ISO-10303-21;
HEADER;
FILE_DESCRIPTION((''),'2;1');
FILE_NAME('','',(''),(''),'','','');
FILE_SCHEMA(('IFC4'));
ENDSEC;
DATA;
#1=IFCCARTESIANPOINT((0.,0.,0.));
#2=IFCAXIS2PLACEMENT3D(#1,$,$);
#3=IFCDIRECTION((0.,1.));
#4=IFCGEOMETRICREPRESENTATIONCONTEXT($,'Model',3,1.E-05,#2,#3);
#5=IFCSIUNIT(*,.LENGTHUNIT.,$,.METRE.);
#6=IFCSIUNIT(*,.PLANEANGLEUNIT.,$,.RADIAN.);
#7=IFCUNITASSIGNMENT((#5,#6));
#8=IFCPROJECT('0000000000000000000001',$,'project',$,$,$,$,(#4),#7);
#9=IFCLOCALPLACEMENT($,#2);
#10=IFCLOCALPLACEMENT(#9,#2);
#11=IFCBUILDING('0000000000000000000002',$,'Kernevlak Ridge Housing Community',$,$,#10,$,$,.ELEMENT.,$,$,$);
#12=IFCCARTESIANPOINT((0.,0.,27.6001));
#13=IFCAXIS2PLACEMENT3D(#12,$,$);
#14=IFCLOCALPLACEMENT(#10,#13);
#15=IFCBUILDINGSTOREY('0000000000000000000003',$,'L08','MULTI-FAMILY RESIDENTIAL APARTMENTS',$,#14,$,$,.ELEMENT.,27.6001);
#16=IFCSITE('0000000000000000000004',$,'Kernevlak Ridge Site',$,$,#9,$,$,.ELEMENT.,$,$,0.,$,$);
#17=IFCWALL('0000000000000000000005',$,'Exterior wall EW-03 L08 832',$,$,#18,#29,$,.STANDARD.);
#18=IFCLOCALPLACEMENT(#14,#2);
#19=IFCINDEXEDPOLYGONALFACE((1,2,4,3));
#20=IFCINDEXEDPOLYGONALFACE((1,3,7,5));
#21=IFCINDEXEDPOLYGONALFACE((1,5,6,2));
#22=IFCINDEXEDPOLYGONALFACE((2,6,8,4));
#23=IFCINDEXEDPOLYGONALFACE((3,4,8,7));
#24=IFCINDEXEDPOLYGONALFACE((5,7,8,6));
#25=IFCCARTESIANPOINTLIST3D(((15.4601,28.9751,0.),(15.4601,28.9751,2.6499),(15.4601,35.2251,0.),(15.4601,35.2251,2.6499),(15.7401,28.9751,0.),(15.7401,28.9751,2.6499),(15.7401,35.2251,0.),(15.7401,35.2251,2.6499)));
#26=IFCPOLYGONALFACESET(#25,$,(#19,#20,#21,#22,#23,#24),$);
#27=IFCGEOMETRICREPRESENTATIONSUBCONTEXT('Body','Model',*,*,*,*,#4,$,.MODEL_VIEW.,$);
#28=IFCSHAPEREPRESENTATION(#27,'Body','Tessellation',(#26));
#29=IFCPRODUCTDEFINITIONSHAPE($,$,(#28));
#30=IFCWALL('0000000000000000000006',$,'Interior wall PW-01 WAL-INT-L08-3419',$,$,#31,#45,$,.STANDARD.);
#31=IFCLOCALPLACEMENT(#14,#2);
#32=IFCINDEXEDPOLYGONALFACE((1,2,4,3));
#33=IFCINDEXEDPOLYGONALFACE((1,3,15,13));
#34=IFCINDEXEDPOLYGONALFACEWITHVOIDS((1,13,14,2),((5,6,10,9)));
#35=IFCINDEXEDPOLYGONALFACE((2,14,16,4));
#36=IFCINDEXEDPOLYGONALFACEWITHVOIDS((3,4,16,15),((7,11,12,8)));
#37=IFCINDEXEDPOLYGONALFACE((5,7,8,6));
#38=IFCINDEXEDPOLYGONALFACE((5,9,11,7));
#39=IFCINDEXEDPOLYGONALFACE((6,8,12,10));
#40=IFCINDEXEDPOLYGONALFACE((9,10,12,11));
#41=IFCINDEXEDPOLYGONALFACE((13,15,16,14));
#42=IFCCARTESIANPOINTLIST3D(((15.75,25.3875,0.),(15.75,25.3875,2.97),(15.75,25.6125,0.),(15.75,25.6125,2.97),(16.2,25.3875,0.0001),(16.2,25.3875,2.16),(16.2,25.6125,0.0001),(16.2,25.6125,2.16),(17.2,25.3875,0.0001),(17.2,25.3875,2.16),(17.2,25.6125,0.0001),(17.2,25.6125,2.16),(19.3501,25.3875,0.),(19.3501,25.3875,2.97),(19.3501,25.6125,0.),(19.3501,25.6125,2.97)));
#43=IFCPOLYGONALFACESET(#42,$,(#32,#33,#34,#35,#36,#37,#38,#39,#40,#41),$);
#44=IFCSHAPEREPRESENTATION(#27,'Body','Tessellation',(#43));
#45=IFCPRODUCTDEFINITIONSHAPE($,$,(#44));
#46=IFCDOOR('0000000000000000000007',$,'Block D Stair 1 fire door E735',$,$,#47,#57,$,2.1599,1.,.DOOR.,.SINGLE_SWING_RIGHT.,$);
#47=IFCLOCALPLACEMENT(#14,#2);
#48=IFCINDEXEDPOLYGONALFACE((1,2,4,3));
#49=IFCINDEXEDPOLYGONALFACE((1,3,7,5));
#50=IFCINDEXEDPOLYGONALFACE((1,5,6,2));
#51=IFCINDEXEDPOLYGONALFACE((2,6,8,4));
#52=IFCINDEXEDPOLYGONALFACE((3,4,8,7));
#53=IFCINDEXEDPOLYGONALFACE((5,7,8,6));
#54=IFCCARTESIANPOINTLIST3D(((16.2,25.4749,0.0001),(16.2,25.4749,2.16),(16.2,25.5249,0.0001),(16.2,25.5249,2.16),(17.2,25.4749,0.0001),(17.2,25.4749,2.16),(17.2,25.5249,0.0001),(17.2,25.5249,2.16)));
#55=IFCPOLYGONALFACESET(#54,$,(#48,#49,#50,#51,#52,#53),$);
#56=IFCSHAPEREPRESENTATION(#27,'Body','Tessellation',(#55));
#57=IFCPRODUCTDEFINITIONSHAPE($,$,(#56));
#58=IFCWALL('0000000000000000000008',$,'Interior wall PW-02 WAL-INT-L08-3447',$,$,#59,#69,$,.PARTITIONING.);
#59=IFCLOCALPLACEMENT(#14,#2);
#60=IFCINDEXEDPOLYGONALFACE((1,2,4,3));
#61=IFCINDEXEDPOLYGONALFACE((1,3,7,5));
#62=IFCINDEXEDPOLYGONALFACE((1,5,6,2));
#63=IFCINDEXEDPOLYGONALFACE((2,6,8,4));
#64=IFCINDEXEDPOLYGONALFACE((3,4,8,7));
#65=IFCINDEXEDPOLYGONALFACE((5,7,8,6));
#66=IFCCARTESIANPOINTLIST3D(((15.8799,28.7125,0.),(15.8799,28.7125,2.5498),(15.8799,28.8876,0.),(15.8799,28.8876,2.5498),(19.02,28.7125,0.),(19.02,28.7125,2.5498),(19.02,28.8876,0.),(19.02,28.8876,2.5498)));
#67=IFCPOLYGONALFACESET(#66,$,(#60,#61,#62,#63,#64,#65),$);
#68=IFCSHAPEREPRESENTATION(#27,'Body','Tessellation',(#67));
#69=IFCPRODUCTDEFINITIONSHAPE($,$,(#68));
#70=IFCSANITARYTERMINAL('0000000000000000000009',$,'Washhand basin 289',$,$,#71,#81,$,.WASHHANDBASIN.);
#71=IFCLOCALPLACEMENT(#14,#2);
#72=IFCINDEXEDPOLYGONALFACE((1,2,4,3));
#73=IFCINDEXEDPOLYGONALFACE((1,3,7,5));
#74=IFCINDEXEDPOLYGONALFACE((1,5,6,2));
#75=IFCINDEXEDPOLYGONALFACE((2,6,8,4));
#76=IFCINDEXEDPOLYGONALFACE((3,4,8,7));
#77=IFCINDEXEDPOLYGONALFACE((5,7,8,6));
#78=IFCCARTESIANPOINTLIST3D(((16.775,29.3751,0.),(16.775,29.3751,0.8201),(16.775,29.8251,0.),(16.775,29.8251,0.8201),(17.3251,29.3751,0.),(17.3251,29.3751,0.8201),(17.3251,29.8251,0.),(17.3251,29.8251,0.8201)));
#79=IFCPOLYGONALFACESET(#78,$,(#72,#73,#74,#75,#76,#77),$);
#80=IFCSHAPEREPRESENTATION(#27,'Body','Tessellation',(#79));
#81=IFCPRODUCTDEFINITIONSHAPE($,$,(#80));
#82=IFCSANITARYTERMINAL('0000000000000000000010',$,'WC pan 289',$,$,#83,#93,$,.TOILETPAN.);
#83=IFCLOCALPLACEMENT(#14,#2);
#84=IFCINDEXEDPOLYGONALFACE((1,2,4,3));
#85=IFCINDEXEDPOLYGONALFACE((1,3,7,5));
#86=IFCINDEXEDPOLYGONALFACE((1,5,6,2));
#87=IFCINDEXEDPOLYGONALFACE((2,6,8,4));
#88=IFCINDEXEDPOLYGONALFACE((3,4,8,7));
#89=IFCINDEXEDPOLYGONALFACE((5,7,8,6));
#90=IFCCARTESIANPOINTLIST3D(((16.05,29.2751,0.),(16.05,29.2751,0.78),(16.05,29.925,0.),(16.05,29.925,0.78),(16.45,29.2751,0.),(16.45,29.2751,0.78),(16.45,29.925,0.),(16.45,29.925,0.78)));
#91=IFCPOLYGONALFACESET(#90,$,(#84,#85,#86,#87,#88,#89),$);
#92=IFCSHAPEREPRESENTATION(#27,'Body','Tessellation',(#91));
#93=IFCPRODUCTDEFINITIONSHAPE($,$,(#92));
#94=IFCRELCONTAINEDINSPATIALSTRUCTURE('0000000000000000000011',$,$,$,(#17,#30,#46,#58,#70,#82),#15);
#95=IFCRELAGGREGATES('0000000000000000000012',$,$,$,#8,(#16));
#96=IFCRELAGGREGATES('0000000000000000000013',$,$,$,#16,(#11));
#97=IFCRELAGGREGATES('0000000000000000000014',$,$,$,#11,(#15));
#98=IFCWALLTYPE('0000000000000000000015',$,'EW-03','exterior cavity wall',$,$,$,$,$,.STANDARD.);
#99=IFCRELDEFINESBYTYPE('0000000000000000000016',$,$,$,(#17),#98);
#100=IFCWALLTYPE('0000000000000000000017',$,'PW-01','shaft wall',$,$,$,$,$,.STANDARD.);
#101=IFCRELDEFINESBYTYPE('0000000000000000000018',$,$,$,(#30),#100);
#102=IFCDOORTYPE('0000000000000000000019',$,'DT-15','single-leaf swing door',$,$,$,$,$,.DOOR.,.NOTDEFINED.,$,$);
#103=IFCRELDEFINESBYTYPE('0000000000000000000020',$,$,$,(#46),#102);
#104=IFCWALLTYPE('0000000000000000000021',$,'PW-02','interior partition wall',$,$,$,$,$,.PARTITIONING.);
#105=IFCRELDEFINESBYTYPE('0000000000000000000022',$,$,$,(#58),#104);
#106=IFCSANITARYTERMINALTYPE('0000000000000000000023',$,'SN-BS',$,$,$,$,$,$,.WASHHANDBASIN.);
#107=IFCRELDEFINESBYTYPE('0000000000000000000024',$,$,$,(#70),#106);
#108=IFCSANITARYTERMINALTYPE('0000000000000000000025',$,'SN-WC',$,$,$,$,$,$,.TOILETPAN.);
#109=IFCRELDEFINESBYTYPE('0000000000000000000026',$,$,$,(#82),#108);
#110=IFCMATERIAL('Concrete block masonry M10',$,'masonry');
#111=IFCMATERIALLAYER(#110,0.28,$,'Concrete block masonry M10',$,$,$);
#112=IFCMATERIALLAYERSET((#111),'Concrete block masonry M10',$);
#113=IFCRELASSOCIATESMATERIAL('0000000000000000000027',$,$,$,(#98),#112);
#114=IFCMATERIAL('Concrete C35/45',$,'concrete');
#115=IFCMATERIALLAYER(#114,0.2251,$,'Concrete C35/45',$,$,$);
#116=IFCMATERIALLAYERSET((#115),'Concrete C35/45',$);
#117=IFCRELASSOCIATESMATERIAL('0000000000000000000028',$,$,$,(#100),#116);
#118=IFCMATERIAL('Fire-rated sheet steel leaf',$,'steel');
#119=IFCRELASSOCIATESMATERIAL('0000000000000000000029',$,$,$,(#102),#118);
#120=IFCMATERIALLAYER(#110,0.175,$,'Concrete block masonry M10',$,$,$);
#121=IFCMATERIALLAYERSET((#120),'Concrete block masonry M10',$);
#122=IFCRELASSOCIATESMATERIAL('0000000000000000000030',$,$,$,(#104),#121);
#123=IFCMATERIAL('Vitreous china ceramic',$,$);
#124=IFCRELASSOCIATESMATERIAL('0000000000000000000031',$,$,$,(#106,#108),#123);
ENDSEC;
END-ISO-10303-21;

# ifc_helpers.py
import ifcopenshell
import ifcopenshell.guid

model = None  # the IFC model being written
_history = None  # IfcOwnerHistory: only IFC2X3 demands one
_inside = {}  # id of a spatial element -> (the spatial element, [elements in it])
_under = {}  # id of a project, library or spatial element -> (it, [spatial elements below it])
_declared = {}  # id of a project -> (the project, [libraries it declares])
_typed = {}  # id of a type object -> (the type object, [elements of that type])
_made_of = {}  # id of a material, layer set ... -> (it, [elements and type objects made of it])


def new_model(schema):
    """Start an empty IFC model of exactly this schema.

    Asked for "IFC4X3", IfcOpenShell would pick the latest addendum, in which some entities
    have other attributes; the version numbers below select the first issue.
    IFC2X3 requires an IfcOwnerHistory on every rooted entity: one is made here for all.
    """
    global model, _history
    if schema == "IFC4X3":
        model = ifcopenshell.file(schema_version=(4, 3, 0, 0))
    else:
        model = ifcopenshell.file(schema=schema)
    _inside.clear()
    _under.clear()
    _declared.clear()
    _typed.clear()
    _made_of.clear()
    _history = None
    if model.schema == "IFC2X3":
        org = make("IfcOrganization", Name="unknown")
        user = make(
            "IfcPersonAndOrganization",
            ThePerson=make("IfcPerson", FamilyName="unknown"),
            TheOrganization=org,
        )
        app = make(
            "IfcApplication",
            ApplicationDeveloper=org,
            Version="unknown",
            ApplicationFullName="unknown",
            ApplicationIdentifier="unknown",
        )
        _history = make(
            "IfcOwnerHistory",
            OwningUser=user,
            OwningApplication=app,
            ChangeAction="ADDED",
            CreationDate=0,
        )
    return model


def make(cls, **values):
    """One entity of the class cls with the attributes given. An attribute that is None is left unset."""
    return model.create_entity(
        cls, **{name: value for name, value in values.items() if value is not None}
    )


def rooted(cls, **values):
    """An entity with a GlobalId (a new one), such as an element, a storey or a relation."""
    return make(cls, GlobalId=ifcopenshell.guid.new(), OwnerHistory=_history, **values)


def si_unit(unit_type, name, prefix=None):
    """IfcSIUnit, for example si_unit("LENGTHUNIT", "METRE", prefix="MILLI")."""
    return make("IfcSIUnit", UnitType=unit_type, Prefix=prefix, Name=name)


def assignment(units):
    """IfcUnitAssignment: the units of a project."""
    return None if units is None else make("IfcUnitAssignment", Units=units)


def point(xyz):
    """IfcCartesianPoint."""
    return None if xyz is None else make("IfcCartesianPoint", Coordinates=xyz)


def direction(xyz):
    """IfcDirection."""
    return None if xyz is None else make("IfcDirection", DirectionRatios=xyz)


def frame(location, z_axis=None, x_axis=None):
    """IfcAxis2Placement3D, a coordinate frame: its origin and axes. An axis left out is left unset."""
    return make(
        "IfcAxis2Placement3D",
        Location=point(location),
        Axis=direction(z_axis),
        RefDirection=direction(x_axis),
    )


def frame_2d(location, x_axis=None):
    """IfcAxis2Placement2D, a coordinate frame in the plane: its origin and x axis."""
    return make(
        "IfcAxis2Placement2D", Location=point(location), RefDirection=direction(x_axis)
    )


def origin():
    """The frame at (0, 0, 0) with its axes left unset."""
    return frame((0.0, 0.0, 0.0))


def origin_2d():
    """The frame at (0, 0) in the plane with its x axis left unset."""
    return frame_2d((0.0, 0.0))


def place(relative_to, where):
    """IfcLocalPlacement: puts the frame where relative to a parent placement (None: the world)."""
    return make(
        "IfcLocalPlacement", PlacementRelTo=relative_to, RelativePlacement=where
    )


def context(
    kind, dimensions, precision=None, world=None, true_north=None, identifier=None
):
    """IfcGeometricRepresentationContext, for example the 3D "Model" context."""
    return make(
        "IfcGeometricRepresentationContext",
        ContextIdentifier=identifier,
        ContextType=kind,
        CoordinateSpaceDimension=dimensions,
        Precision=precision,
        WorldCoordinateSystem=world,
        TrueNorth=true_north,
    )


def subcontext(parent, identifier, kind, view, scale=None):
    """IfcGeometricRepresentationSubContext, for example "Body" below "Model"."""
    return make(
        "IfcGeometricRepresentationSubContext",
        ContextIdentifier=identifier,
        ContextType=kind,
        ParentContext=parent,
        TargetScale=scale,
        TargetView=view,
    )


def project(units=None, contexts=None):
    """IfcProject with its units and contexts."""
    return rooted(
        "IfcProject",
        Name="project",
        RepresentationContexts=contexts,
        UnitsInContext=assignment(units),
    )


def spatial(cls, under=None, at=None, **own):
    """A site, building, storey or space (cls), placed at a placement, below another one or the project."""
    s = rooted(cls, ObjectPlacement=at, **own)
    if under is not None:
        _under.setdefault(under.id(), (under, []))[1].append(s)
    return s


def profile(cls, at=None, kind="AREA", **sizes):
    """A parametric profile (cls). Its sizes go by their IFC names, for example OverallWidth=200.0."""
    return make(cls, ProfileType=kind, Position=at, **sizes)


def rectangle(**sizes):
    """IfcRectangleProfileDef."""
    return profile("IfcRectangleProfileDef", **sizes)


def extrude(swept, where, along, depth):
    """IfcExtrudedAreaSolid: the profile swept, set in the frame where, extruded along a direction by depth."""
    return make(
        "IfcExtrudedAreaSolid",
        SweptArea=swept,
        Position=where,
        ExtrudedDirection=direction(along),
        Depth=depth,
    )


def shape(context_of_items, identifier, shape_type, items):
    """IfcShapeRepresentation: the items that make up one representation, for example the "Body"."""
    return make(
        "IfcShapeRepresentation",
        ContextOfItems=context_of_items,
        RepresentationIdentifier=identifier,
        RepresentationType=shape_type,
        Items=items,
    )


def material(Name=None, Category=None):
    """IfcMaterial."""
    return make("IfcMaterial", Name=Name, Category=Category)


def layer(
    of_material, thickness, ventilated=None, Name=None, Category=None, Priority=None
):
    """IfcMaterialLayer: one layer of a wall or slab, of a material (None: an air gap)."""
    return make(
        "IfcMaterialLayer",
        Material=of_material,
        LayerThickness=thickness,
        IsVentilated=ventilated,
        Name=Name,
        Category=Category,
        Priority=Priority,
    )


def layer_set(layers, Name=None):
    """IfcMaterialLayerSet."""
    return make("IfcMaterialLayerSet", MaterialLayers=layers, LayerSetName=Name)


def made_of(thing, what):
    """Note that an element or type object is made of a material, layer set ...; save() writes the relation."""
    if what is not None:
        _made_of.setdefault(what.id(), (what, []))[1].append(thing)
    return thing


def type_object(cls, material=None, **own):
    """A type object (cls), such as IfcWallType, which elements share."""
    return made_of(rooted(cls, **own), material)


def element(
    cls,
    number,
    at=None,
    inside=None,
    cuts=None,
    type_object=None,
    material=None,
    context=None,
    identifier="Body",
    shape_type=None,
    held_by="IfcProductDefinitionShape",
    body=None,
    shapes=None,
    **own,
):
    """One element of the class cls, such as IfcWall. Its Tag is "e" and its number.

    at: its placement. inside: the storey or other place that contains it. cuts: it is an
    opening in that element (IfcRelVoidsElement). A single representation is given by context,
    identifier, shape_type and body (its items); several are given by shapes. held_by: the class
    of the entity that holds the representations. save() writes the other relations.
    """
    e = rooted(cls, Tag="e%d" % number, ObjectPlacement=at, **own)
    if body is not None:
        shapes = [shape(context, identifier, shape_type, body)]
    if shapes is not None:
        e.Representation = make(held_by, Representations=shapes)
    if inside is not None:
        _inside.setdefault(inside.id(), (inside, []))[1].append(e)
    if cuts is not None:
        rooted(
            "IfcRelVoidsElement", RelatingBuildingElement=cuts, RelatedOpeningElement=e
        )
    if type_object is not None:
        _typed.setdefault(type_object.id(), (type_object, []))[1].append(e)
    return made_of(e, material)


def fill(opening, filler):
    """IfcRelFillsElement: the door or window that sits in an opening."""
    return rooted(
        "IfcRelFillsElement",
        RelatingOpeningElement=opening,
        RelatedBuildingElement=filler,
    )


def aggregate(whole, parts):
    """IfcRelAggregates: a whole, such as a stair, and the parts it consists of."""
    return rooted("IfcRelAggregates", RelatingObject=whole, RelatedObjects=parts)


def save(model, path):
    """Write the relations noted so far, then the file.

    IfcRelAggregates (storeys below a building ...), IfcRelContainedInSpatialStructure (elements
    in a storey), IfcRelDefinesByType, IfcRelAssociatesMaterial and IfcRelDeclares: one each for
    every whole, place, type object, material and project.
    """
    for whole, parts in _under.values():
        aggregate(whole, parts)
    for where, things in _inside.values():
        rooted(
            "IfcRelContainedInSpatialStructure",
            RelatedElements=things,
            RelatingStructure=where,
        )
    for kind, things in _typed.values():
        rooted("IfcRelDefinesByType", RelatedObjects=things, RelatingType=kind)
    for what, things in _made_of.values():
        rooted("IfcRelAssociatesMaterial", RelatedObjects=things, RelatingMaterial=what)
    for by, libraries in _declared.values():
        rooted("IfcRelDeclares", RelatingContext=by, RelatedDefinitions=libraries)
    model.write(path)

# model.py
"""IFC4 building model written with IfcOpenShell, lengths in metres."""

from ifc_helpers import new_model, si_unit, direction, frame, frame_2d, origin, origin_2d, place, context, subcontext, project, spatial, rectangle, extrude, material, layer, layer_set, type_object, element, fill, save


model = new_model("IFC4")

# Units and contexts
model_context = context("Model", 3, precision=1e-05, world=origin(), true_north=direction((0.0, 1.0)))
body_context = subcontext(model_context, "Body", "Model", "MODEL_VIEW")
ifc_project = project(units=[si_unit("LENGTHUNIT", "METRE"), si_unit("PLANEANGLEUNIT", "RADIAN")], contexts=[model_context])

# Site, building, storey
site_placement = place(None, origin())
site = spatial("IfcSite", under=ifc_project, at=site_placement, Name="Kernevlak Ridge Site", CompositionType="ELEMENT", RefElevation=0.0)
building_placement = place(site_placement, origin())
building = spatial("IfcBuilding", under=site, at=building_placement, Name="Kernevlak Ridge Housing Community", CompositionType="ELEMENT")
storey_placement = place(building_placement, frame((0.0, 0.0, 27.6001)))
storey = spatial("IfcBuildingStorey", under=building, at=storey_placement, Name="L08", Description="MULTI-FAMILY RESIDENTIAL APARTMENTS", CompositionType="ELEMENT", Elevation=27.6001)

# Shared definitions
ifc_material_1 = material(Name="Concrete C35/45", Category="concrete")

# Wall
ifc_material_2 = material(Name="Concrete block masonry M10", Category="masonry")
ifc_layer_1 = layer(ifc_material_2, 0.28, Name="Concrete block masonry M10")
ifc_layer_set_1 = layer_set([ifc_layer_1], Name="Concrete block masonry M10")
wall_type_1 = type_object("IfcWallType", Name="EW-03", Description="exterior cavity wall", PredefinedType="STANDARD", material=ifc_layer_set_1)
wall_1_placement = place(storey_placement, frame((15.6001, 28.9751, 0.0), z_axis=(0.0, 0.0, 1.0), x_axis=(0.0, 1.0, 0.0)))
element("IfcWall", 1, at=wall_1_placement, inside=storey, type_object=wall_type_1, Name="Exterior wall EW-03 L08 832", PredefinedType="STANDARD", context=body_context, shape_type="SweptSolid", body=[
    extrude(rectangle(XDim=6.25, YDim=0.28, at=frame_2d((3.125, 0.0))), origin(), (0.0, 0.0, 1.0), 2.6499),
])

# Wall, opening, door
ifc_layer_2 = layer(ifc_material_1, 0.2251, Name="Concrete C35/45")
ifc_layer_set_2 = layer_set([ifc_layer_2], Name="Concrete C35/45")
wall_type_2 = type_object("IfcWallType", Name="PW-01", Description="shaft wall", PredefinedType="STANDARD", material=ifc_layer_set_2)
wall_2_placement = place(storey_placement, frame((15.75, 25.5, 0.0), z_axis=(0.0, 0.0, 1.0), x_axis=(1.0, 0.0, 0.0)))
wall_2 = element("IfcWall", 2, at=wall_2_placement, inside=storey, type_object=wall_type_2, Name="Interior wall PW-01 WAL-INT-L08-3419", PredefinedType="STANDARD", context=body_context, shape_type="SweptSolid", body=[
    extrude(rectangle(XDim=3.6001, YDim=0.2251, at=frame_2d((1.8, 0.0))), origin(), (0.0, 0.0, 1.0), 2.97),
])
opening_placement = place(wall_2_placement, frame((0.45, 0.0, 0.0)))
opening = element("IfcOpeningElement", 3, at=opening_placement, cuts=wall_2, PredefinedType="OPENING", context=body_context, shape_type="SweptSolid", body=[
    extrude(rectangle(XDim=1.0, YDim=2.1599, at=frame_2d((0.5, 1.0801))), frame((0.0, 0.1226, 0.0), z_axis=(0.0, -1.0, 0.0), x_axis=(1.0, 0.0, 0.0)), (0.0, 0.0, 1.0), 0.2451),
])
ifc_material_3 = material(Name="Fire-rated sheet steel leaf", Category="steel")
door_type = type_object("IfcDoorType", Name="DT-15", Description="single-leaf swing door", OperationType="NOTDEFINED", PredefinedType="DOOR", material=ifc_material_3)
door_placement = place(opening_placement, origin())
door = element("IfcDoor", 4, at=door_placement, inside=storey, type_object=door_type, Name="Block D Stair 1 fire door E735", OperationType="SINGLE_SWING_RIGHT", OverallHeight=2.1599, OverallWidth=1.0, PredefinedType="DOOR", context=body_context, shape_type="SweptSolid", body=[
    extrude(rectangle(XDim=1.0, YDim=2.1599, at=frame_2d((0.5, 1.0801))), frame((0.0, 0.0249, 0.0), z_axis=(0.0, -1.0, 0.0), x_axis=(1.0, 0.0, 0.0)), (0.0, 0.0, 1.0), 0.05),
])
fill(opening, door)

# Wall
ifc_layer_3 = layer(ifc_material_2, 0.175, Name="Concrete block masonry M10")
ifc_layer_set_3 = layer_set([ifc_layer_3], Name="Concrete block masonry M10")
wall_type_3 = type_object("IfcWallType", Name="PW-02", Description="interior partition wall", PredefinedType="PARTITIONING", material=ifc_layer_set_3)
wall_3_placement = place(storey_placement, frame((15.8799, 28.8, 0.0), z_axis=(0.0, 0.0, 1.0), x_axis=(1.0, 0.0, 0.0)))
element("IfcWall", 5, at=wall_3_placement, inside=storey, type_object=wall_type_3, Name="Interior wall PW-02 WAL-INT-L08-3447", PredefinedType="PARTITIONING", context=body_context, shape_type="SweptSolid", body=[
    extrude(rectangle(XDim=3.1401, YDim=0.175, at=frame_2d((1.5701, 0.0))), origin(), (0.0, 0.0, 1.0), 2.5498),
])

# Sanitary terminals
ifc_material_4 = material(Name="Vitreous china ceramic")
sanitary_terminal_type_1 = type_object("IfcSanitaryTerminalType", Name="SN-BS", PredefinedType="WASHHANDBASIN", material=ifc_material_4)
sanitary_terminal_1_placement = place(storey_placement, frame((17.05, 29.6001, 0.0), z_axis=(0.0, 0.0, 1.0), x_axis=(1.0, 0.0, 0.0)))
element("IfcSanitaryTerminal", 6, at=sanitary_terminal_1_placement, inside=storey, type_object=sanitary_terminal_type_1, Name="Washhand basin 289", PredefinedType="WASHHANDBASIN", context=body_context, shape_type="SweptSolid", body=[
    extrude(rectangle(XDim=0.55, YDim=0.45, at=origin_2d()), origin(), (0.0, 0.0, 1.0), 0.8201),
])
sanitary_terminal_type_2 = type_object("IfcSanitaryTerminalType", Name="SN-WC", PredefinedType="TOILETPAN", material=ifc_material_4)
sanitary_terminal_2_placement = place(storey_placement, frame((16.25, 29.6001, 0.0), z_axis=(0.0, 0.0, 1.0), x_axis=(1.0, 0.0, 0.0)))
element("IfcSanitaryTerminal", 7, at=sanitary_terminal_2_placement, inside=storey, type_object=sanitary_terminal_type_2, Name="WC pan 289", PredefinedType="TOILETPAN", context=body_context, shape_type="SweptSolid", body=[
    extrude(rectangle(XDim=0.3999, YDim=0.6499, at=origin_2d()), origin(), (0.0, 0.0, 1.0), 0.78),
])

save(model, "model.ifc")
